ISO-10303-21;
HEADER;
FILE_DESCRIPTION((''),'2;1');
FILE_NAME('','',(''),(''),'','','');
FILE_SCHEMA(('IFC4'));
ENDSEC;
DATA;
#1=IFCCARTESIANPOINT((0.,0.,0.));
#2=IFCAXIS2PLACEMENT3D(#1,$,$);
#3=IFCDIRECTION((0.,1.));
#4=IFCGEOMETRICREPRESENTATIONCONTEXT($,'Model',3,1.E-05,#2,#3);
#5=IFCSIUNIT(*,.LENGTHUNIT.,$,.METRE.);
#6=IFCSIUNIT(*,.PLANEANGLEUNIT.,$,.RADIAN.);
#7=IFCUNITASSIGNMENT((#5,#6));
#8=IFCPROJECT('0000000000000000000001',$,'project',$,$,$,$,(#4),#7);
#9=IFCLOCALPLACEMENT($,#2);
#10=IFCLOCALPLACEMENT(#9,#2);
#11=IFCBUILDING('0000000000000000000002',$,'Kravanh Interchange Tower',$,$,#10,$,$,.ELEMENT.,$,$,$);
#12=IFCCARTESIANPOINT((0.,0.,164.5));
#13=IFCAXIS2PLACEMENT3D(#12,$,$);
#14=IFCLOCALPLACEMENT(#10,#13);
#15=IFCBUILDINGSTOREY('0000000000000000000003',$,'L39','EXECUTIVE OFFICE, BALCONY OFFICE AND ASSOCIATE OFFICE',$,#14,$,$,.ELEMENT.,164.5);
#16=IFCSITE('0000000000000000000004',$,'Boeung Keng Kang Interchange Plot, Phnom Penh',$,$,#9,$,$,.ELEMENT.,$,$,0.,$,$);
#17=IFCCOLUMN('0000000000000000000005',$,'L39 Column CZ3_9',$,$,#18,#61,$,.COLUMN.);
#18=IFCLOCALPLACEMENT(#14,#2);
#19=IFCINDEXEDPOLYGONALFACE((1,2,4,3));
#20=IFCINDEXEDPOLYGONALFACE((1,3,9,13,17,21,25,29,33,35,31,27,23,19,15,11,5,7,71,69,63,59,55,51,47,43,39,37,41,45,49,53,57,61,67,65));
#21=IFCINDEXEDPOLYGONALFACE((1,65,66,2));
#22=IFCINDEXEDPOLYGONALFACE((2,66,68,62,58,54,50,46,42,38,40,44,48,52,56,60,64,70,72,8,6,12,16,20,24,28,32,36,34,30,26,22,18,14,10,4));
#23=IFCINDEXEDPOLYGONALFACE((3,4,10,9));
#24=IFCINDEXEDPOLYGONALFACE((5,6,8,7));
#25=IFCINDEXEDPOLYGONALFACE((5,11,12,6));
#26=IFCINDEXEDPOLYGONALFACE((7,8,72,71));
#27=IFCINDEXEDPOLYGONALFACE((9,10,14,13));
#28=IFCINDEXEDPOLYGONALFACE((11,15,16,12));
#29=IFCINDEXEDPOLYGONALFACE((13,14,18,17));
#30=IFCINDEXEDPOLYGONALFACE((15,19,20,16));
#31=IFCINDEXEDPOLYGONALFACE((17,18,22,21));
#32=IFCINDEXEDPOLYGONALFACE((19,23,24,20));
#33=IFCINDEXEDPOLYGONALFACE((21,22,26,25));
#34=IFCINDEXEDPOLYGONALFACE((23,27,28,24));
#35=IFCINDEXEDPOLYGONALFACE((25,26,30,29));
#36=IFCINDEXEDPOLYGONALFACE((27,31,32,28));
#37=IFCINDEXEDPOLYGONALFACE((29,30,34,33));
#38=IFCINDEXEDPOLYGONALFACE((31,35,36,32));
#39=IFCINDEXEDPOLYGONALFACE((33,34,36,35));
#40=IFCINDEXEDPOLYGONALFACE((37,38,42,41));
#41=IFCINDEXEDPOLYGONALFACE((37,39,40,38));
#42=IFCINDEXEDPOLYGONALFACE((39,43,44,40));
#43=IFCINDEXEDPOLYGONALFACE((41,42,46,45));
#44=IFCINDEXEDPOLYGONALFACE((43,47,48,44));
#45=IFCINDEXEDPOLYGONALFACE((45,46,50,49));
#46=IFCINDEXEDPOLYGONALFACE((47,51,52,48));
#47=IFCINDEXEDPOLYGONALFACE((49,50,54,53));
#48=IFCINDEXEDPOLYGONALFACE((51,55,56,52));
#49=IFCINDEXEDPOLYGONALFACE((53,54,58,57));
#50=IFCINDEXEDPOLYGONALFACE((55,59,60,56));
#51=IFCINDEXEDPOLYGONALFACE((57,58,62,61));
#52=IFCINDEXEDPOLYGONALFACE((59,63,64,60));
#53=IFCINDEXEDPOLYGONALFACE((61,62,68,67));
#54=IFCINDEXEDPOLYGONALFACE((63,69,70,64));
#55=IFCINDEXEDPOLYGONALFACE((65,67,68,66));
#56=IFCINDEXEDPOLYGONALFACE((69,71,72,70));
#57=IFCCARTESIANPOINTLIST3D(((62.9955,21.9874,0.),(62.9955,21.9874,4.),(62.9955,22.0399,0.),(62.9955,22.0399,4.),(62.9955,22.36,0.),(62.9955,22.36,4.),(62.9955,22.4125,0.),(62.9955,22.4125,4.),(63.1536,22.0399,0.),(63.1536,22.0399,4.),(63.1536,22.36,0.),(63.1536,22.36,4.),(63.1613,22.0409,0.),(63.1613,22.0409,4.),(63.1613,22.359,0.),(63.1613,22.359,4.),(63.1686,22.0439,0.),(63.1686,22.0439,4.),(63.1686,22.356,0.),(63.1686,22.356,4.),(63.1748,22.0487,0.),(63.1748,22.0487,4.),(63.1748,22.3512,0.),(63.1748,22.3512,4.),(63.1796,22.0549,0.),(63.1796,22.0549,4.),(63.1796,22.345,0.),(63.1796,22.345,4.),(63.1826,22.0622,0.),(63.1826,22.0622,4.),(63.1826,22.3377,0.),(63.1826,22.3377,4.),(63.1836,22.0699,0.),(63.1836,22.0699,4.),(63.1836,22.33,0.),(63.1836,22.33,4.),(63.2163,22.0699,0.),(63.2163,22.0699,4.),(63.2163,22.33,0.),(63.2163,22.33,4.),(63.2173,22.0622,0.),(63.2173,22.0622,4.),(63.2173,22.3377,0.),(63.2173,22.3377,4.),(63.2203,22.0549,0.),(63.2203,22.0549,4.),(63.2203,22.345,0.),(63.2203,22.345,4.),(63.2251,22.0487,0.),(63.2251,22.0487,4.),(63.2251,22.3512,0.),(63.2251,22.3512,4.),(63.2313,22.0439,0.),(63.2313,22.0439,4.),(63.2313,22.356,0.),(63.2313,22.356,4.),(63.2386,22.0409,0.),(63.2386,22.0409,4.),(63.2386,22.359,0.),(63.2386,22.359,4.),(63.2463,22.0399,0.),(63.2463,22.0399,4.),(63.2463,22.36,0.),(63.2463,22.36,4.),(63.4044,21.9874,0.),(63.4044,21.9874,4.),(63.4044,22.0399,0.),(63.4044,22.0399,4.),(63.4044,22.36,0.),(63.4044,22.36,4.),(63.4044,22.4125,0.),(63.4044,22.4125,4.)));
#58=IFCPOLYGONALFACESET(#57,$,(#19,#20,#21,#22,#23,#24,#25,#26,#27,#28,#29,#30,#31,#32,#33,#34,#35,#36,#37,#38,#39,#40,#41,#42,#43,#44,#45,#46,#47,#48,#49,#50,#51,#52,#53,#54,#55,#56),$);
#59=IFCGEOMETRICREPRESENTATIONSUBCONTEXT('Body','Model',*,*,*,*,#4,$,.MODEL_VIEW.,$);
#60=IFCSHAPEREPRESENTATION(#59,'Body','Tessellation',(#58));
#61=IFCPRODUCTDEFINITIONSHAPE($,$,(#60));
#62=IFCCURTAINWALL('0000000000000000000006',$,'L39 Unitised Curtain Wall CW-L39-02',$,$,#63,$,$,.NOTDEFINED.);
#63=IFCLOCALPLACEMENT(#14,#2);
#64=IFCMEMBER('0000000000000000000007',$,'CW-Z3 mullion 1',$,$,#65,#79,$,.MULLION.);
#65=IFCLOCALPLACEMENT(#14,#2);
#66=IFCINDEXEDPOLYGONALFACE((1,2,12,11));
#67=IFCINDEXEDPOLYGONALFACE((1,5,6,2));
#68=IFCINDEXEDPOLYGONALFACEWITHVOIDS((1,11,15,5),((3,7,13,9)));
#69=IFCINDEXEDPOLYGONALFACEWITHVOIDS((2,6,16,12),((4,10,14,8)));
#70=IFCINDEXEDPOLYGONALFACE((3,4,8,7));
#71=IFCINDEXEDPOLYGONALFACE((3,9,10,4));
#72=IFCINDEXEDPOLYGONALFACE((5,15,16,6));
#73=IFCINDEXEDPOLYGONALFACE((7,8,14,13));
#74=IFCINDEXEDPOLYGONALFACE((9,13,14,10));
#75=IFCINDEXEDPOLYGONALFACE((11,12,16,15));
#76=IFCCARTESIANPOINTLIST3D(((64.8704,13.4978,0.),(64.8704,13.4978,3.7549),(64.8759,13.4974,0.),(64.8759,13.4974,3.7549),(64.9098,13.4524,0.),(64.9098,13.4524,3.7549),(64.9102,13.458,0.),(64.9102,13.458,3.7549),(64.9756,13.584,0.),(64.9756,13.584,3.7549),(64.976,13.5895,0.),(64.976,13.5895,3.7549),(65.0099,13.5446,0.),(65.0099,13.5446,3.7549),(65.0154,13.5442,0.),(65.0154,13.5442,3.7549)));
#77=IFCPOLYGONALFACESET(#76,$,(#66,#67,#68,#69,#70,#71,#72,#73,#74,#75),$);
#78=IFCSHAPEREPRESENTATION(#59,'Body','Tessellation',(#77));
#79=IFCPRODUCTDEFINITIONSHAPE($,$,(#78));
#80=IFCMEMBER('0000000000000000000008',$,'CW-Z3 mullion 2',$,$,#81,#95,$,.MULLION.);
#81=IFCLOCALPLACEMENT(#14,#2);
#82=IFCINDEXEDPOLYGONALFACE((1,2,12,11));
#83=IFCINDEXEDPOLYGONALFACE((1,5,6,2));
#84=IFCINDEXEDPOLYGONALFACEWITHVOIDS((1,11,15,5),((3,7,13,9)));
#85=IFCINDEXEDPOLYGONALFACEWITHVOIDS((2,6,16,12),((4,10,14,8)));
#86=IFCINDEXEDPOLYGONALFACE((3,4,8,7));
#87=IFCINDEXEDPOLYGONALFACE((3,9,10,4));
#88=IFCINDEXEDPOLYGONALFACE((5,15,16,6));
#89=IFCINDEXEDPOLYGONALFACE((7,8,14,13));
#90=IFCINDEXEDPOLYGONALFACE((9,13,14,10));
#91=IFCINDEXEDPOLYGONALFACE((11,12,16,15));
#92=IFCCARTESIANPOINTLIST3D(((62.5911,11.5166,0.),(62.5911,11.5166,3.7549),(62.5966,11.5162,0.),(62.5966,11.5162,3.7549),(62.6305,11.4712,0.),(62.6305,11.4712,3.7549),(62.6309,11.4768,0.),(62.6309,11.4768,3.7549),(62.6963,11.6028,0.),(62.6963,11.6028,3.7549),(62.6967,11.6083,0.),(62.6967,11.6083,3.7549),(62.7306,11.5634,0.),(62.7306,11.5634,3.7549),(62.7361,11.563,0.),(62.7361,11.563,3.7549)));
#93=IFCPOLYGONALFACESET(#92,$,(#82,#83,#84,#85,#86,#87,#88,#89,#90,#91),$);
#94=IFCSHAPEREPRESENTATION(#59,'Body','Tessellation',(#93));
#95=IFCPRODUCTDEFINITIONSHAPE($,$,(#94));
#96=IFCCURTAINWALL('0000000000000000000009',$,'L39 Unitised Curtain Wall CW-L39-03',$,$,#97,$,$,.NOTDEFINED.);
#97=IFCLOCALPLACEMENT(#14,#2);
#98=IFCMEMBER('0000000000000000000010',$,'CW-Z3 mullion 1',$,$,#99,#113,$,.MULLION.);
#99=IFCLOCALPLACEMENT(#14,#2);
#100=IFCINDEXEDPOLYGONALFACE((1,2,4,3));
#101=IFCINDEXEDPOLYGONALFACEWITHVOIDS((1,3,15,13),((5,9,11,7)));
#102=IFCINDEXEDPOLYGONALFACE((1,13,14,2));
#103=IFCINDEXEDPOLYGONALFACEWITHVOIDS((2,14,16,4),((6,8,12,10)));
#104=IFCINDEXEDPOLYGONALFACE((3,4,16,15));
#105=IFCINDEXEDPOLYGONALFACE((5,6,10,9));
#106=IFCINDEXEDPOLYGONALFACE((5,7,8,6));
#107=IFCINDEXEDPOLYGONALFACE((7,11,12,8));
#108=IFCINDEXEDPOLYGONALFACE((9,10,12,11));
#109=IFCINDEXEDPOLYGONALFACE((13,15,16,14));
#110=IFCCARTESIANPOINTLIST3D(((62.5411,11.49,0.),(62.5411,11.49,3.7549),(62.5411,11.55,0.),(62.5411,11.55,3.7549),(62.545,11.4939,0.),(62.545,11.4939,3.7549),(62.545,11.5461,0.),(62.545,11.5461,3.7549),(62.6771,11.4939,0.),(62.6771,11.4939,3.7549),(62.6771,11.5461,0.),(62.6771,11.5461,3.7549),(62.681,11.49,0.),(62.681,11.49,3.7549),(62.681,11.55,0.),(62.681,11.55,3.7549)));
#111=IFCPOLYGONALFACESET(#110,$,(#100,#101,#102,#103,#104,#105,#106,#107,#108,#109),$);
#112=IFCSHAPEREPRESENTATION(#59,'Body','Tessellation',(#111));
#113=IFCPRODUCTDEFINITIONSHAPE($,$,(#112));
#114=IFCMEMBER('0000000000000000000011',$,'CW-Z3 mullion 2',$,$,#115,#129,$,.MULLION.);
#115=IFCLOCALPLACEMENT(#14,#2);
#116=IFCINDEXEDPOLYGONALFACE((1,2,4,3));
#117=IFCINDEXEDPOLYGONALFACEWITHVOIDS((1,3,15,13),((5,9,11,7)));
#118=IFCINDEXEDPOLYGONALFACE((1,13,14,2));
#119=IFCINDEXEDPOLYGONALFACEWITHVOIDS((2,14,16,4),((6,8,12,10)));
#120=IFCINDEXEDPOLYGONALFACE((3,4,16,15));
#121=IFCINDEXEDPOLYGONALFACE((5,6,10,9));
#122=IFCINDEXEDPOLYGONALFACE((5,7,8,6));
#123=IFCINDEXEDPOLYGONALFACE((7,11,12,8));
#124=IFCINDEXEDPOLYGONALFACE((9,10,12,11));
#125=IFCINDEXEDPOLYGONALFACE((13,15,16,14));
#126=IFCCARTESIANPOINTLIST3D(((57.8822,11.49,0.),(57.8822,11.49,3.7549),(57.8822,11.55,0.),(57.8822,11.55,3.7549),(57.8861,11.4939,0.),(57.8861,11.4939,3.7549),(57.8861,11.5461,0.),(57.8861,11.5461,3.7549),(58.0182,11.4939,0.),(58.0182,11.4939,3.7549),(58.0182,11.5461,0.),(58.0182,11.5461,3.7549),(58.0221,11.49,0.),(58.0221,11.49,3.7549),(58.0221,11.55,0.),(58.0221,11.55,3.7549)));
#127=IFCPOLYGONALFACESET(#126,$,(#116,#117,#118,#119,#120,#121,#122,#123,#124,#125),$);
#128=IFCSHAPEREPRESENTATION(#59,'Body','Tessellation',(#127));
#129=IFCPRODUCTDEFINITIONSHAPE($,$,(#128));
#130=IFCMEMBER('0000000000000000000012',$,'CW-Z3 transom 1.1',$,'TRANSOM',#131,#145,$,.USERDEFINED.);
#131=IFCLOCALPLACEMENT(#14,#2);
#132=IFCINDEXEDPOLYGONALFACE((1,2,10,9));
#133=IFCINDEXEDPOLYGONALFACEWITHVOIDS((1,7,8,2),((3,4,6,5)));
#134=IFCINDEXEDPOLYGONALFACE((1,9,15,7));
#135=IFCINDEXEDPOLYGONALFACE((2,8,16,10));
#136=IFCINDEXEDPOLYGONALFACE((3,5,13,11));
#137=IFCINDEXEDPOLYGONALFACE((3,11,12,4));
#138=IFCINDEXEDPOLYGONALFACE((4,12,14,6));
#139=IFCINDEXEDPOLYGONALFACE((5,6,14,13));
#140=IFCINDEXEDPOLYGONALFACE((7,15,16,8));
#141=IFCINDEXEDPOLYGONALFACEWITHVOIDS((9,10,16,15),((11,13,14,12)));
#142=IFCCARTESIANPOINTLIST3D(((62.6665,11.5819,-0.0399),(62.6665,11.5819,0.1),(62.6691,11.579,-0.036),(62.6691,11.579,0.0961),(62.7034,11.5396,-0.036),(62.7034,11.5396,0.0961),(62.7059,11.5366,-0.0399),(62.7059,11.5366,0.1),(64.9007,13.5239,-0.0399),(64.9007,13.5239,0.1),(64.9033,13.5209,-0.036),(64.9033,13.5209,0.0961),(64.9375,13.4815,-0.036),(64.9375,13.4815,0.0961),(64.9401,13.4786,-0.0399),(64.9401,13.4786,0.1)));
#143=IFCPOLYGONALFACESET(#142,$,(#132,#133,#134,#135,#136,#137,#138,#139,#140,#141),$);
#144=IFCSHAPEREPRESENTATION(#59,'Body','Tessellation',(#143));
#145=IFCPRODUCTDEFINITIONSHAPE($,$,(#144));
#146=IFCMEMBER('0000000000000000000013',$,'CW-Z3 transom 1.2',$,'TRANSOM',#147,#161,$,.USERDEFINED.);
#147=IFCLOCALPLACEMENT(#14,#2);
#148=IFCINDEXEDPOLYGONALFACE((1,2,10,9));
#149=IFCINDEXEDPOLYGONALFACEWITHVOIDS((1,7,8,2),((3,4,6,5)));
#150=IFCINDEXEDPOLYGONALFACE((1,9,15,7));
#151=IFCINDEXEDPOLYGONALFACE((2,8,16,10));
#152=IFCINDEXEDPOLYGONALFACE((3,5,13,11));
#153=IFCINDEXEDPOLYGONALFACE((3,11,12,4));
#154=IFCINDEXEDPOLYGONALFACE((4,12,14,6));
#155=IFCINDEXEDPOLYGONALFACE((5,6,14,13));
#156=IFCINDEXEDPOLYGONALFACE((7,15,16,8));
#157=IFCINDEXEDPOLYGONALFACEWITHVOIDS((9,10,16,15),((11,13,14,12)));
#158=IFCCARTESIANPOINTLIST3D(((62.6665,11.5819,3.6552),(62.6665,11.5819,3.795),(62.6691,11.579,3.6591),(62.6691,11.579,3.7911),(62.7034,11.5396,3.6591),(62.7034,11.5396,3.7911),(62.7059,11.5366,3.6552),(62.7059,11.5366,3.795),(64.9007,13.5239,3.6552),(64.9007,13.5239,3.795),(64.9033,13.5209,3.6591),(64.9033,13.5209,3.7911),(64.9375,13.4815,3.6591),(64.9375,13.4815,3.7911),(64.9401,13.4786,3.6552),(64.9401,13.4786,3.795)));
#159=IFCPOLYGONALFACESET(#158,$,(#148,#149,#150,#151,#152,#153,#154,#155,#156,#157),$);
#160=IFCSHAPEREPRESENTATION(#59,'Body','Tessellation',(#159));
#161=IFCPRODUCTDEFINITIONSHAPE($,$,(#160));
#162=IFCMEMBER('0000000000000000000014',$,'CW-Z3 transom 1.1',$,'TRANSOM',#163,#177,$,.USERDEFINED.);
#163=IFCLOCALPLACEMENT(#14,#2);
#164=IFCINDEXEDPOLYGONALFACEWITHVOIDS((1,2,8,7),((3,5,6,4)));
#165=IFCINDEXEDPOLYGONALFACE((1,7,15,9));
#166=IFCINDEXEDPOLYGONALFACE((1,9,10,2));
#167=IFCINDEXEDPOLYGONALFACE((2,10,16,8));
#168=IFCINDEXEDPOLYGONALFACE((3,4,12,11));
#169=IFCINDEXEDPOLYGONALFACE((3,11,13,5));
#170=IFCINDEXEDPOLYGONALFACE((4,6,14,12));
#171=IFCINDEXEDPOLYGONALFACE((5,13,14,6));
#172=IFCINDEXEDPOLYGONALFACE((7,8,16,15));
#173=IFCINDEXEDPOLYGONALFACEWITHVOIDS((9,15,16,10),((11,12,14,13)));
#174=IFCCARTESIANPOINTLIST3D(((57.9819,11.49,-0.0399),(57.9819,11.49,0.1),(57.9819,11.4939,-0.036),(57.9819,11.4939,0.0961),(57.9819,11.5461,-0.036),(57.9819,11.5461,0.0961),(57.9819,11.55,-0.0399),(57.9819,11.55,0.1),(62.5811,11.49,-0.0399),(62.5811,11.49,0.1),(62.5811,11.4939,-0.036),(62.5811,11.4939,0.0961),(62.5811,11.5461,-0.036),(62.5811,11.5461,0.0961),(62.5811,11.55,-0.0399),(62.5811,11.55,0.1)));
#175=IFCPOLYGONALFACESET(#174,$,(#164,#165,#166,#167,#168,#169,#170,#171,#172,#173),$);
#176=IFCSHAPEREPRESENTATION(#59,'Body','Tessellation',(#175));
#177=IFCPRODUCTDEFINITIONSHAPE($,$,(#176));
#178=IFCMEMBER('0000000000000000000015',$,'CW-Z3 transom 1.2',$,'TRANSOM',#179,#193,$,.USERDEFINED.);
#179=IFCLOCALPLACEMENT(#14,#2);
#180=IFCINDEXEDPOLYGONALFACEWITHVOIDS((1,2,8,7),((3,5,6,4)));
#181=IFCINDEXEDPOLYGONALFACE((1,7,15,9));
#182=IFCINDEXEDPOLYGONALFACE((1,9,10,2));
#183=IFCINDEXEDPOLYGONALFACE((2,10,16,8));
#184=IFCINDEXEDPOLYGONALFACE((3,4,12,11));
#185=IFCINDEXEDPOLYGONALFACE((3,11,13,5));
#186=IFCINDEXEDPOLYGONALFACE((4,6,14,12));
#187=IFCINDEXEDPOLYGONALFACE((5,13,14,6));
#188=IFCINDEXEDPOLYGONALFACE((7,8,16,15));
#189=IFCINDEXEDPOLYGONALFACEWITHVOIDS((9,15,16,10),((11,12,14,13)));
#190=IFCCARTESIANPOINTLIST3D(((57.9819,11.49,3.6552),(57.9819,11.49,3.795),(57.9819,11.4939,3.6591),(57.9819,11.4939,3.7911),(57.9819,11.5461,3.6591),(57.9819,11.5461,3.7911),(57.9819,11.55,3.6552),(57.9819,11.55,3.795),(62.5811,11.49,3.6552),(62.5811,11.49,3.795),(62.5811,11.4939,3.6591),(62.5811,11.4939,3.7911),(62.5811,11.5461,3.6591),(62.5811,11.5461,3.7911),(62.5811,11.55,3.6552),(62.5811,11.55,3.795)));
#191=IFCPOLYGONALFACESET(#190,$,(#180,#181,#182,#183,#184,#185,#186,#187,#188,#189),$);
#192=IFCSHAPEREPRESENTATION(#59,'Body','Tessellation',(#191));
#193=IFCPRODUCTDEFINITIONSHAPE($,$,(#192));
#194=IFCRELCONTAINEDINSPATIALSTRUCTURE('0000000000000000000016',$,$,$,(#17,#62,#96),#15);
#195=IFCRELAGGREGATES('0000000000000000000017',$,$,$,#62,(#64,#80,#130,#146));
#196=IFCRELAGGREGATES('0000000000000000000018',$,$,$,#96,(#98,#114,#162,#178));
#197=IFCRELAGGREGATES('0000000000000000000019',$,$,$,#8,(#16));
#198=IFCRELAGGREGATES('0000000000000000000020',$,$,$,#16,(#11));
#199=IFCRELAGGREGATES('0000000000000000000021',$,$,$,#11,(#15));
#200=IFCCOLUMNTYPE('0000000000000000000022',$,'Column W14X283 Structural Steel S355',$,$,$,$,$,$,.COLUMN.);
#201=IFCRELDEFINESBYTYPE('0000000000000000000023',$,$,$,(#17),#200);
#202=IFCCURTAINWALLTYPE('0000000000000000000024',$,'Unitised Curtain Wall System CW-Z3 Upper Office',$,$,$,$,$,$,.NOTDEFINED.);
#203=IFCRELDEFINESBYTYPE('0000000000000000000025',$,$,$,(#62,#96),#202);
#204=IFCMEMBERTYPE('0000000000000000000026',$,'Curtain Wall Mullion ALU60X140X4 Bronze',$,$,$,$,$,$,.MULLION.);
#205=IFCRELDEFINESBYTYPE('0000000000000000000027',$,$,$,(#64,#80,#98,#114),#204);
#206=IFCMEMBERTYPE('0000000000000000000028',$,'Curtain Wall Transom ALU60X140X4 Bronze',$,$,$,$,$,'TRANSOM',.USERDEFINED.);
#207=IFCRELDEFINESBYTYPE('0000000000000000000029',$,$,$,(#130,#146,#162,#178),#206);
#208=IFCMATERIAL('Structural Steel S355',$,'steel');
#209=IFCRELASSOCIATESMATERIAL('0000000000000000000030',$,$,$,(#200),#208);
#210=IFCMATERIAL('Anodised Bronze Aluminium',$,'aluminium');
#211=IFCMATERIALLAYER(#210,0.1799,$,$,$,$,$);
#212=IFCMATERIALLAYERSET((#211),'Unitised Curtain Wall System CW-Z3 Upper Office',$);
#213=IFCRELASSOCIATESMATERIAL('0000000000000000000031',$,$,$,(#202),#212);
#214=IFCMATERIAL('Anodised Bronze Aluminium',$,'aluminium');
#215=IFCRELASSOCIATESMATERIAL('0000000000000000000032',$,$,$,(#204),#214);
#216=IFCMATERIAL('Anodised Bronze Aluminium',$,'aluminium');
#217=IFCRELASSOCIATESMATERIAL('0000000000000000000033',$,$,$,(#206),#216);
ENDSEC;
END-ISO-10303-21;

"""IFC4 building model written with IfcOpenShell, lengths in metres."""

from ifc_helpers import new_model, si_unit, direction, frame, origin, origin_2d, place, context, subcontext, project, spatial, hollow_rectangle, i_section, extrude, material, layer, layer_set, material_profile, profile_set, type_object, element, aggregate, save


model = new_model("IFC4")

# Units and contexts
model_context = context("Model", 3, precision=1e-05, world=origin(), true_north=direction((0.0, 1.0)))
body_context = subcontext(model_context, "Body", "Model", "MODEL_VIEW")
ifc_project = project(units=[si_unit("LENGTHUNIT", "METRE"), si_unit("PLANEANGLEUNIT", "RADIAN")], contexts=[model_context])

# Site, building, storey
site_placement = place(None, origin())
site = spatial("IfcSite", under=ifc_project, at=site_placement, Name="Boeung Keng Kang Interchange Plot, Phnom Penh", CompositionType="ELEMENT", RefElevation=0.0)
building_placement = place(site_placement, origin())
building = spatial("IfcBuilding", under=site, at=building_placement, Name="Kravanh Interchange Tower", CompositionType="ELEMENT")
storey_placement = place(building_placement, frame((0.0, 0.0, 164.5)))
storey = spatial("IfcBuildingStorey", under=building, at=storey_placement, Name="L39", Description="EXECUTIVE OFFICE, BALCONY OFFICE AND ASSOCIATE OFFICE", CompositionType="ELEMENT", Elevation=164.5)

# Column
ifc_material_1 = material(Name="Structural Steel S355", Category="steel")
ifc_material_profile_1 = material_profile(ifc_material_1, i_section(OverallWidth=0.4089, OverallDepth=0.425, WebThickness=0.0327, FlangeThickness=0.0525, FilletRadius=0.03, at=origin_2d()), Name="W14X283")
ifc_profile_set_1 = profile_set([ifc_material_profile_1], Name="Structural Steel S355")
column_type = type_object("IfcColumnType", Name="Column W14X283 Structural Steel S355", PredefinedType="COLUMN", material=ifc_profile_set_1)
for number, where, z_axis, x_axis, name in (
    (1, (63.2, 22.2, 0.0), (0.0, 0.0, 1.0), (1.0, 0.0, 0.0), "L39 Column CZ3_9"),
):
    element("IfcColumn", number, at=place(storey_placement, frame(where, z_axis=z_axis, x_axis=x_axis)), inside=storey, type_object=column_type, Name=name, PredefinedType="COLUMN", context=body_context, shape_type="SweptSolid", body=[
        extrude(i_section(OverallWidth=0.4089, OverallDepth=0.425, WebThickness=0.0327, FlangeThickness=0.0525, FilletRadius=0.03, at=origin_2d()), origin(), (0.0, 0.0, 1.0), 4.0),
    ])

# Curtain walls, members
ifc_material_2 = material(Name="Anodised Bronze Aluminium", Category="aluminium")
ifc_layer_1 = layer(ifc_material_2, 0.1799)
ifc_layer_set_1 = layer_set([ifc_layer_1], Name="Unitised Curtain Wall System CW-Z3 Upper Office")
curtain_wall_type = type_object("IfcCurtainWallType", Name="Unitised Curtain Wall System CW-Z3 Upper Office", PredefinedType="NOTDEFINED", material=ifc_layer_set_1)
curtain_wall_1_placement = place(storey_placement, origin())
curtain_wall_1 = element("IfcCurtainWall", 2, at=curtain_wall_1_placement, inside=storey, type_object=curtain_wall_type, Name="L39 Unitised Curtain Wall CW-L39-02", PredefinedType="NOTDEFINED")
ifc_material_3 = material(Name="Anodised Bronze Aluminium", Category="aluminium")
ifc_material_profile_2 = material_profile(ifc_material_3, hollow_rectangle(XDim=0.0601, YDim=0.1399, WallThickness=0.0039, at=origin_2d()), Name="ALU60X140X4")
ifc_profile_set_2 = profile_set([ifc_material_profile_2], Name="Anodised Bronze Aluminium")
member_type_1 = type_object("IfcMemberType", Name="Curtain Wall Mullion ALU60X140X4 Bronze", PredefinedType="MULLION", material=ifc_profile_set_2)
member_1_placement = place(storey_placement, frame((64.9429, 13.521, 0.0), z_axis=(0.0, 0.0, 1.0), x_axis=(0.656051, -0.754717, 0.0)))
member_1 = element("IfcMember", 3, at=member_1_placement, type_object=member_type_1, Name="CW-Z3 mullion 1", PredefinedType="MULLION", context=body_context, shape_type="SweptSolid", body=[
    extrude(hollow_rectangle(XDim=0.0601, YDim=0.1399, WallThickness=0.0039, at=origin_2d()), origin(), (0.0, 0.0, 1.0), 3.7549),
])
member_2_placement = place(storey_placement, frame((62.6636, 11.5398, 0.0), z_axis=(0.0, 0.0, 1.0), x_axis=(0.656051, -0.754717, 0.0)))
member_2 = element("IfcMember", 4, at=member_2_placement, type_object=member_type_1, Name="CW-Z3 mullion 2", PredefinedType="MULLION", context=body_context, shape_type="SweptSolid", body=[
    extrude(hollow_rectangle(XDim=0.0601, YDim=0.1399, WallThickness=0.0039, at=origin_2d()), origin(), (0.0, 0.0, 1.0), 3.7549),
])
curtain_wall_2_placement = place(storey_placement, origin())
curtain_wall_2 = element("IfcCurtainWall", 5, at=curtain_wall_2_placement, inside=storey, type_object=curtain_wall_type, Name="L39 Unitised Curtain Wall CW-L39-03", PredefinedType="NOTDEFINED")
member_3_placement = place(storey_placement, frame((62.6111, 11.52, 0.0), z_axis=(0.0, 0.0, 1.0), x_axis=(0.0, -1.0, 0.0)))
member_3 = element("IfcMember", 6, at=member_3_placement, type_object=member_type_1, Name="CW-Z3 mullion 1", PredefinedType="MULLION", context=body_context, shape_type="SweptSolid", body=[
    extrude(hollow_rectangle(XDim=0.0601, YDim=0.1399, WallThickness=0.0039, at=origin_2d()), origin(), (0.0, 0.0, 1.0), 3.7549),
])
member_4_placement = place(storey_placement, frame((57.9521, 11.52, 0.0), z_axis=(0.0, 0.0, 1.0), x_axis=(0.0, -1.0, 0.0)))
member_4 = element("IfcMember", 7, at=member_4_placement, type_object=member_type_1, Name="CW-Z3 mullion 2", PredefinedType="MULLION", context=body_context, shape_type="SweptSolid", body=[
    extrude(hollow_rectangle(XDim=0.0601, YDim=0.1399, WallThickness=0.0039, at=origin_2d()), origin(), (0.0, 0.0, 1.0), 3.7549),
])

# Members
ifc_material_4 = material(Name="Anodised Bronze Aluminium", Category="aluminium")
ifc_material_profile_3 = material_profile(ifc_material_4, hollow_rectangle(XDim=0.0601, YDim=0.1399, WallThickness=0.0039, at=origin_2d()), Name="ALU60X140X4")
ifc_profile_set_3 = profile_set([ifc_material_profile_3], Name="Anodised Bronze Aluminium")
member_type_2 = type_object("IfcMemberType", Name="Curtain Wall Transom ALU60X140X4 Bronze", ElementType="TRANSOM", PredefinedType="USERDEFINED", material=ifc_profile_set_3)
member_5_placement = place(storey_placement, frame((64.9204, 13.5012, 0.03), z_axis=(-0.754744, -0.656019, 0.0), x_axis=(0.656019, -0.754744, 0.0)))
member_5 = element("IfcMember", 8, at=member_5_placement, type_object=member_type_2, Name="CW-Z3 transom 1.1", ObjectType="TRANSOM", PredefinedType="USERDEFINED", context=body_context, shape_type="SweptSolid", body=[
    extrude(hollow_rectangle(XDim=0.0601, YDim=0.1399, WallThickness=0.0039, at=origin_2d()), origin(), (0.0, 0.0, 1.0), 2.9602),
])
member_6_placement = place(storey_placement, frame((64.9204, 13.5012, 3.7251), z_axis=(-0.754744, -0.656019, 0.0), x_axis=(0.656019, -0.754744, 0.0)))
member_6 = element("IfcMember", 9, at=member_6_placement, type_object=member_type_2, Name="CW-Z3 transom 1.2", ObjectType="TRANSOM", PredefinedType="USERDEFINED", context=body_context, shape_type="SweptSolid", body=[
    extrude(hollow_rectangle(XDim=0.0601, YDim=0.1399, WallThickness=0.0039, at=origin_2d()), origin(), (0.0, 0.0, 1.0), 2.9602),
])
member_7_placement = place(storey_placement, frame((62.5811, 11.52, 0.03), z_axis=(-1.0, 0.0, 0.0), x_axis=(0.0, -1.0, 0.0)))
member_7 = element("IfcMember", 10, at=member_7_placement, type_object=member_type_2, Name="CW-Z3 transom 1.1", ObjectType="TRANSOM", PredefinedType="USERDEFINED", context=body_context, shape_type="SweptSolid", body=[
    extrude(hollow_rectangle(XDim=0.0601, YDim=0.1399, WallThickness=0.0039, at=origin_2d()), origin(), (0.0, 0.0, 1.0), 4.5991),
])
member_8_placement = place(storey_placement, frame((62.5811, 11.52, 3.7251), z_axis=(-1.0, 0.0, 0.0), x_axis=(0.0, -1.0, 0.0)))
member_8 = element("IfcMember", 11, at=member_8_placement, type_object=member_type_2, Name="CW-Z3 transom 1.2", ObjectType="TRANSOM", PredefinedType="USERDEFINED", context=body_context, shape_type="SweptSolid", body=[
    extrude(hollow_rectangle(XDim=0.0601, YDim=0.1399, WallThickness=0.0039, at=origin_2d()), origin(), (0.0, 0.0, 1.0), 4.5991),
])

aggregate(curtain_wall_1, [member_1, member_2, member_5, member_6])
aggregate(curtain_wall_2, [member_3, member_4, member_7, member_8])

save(model, "model.ifc")
